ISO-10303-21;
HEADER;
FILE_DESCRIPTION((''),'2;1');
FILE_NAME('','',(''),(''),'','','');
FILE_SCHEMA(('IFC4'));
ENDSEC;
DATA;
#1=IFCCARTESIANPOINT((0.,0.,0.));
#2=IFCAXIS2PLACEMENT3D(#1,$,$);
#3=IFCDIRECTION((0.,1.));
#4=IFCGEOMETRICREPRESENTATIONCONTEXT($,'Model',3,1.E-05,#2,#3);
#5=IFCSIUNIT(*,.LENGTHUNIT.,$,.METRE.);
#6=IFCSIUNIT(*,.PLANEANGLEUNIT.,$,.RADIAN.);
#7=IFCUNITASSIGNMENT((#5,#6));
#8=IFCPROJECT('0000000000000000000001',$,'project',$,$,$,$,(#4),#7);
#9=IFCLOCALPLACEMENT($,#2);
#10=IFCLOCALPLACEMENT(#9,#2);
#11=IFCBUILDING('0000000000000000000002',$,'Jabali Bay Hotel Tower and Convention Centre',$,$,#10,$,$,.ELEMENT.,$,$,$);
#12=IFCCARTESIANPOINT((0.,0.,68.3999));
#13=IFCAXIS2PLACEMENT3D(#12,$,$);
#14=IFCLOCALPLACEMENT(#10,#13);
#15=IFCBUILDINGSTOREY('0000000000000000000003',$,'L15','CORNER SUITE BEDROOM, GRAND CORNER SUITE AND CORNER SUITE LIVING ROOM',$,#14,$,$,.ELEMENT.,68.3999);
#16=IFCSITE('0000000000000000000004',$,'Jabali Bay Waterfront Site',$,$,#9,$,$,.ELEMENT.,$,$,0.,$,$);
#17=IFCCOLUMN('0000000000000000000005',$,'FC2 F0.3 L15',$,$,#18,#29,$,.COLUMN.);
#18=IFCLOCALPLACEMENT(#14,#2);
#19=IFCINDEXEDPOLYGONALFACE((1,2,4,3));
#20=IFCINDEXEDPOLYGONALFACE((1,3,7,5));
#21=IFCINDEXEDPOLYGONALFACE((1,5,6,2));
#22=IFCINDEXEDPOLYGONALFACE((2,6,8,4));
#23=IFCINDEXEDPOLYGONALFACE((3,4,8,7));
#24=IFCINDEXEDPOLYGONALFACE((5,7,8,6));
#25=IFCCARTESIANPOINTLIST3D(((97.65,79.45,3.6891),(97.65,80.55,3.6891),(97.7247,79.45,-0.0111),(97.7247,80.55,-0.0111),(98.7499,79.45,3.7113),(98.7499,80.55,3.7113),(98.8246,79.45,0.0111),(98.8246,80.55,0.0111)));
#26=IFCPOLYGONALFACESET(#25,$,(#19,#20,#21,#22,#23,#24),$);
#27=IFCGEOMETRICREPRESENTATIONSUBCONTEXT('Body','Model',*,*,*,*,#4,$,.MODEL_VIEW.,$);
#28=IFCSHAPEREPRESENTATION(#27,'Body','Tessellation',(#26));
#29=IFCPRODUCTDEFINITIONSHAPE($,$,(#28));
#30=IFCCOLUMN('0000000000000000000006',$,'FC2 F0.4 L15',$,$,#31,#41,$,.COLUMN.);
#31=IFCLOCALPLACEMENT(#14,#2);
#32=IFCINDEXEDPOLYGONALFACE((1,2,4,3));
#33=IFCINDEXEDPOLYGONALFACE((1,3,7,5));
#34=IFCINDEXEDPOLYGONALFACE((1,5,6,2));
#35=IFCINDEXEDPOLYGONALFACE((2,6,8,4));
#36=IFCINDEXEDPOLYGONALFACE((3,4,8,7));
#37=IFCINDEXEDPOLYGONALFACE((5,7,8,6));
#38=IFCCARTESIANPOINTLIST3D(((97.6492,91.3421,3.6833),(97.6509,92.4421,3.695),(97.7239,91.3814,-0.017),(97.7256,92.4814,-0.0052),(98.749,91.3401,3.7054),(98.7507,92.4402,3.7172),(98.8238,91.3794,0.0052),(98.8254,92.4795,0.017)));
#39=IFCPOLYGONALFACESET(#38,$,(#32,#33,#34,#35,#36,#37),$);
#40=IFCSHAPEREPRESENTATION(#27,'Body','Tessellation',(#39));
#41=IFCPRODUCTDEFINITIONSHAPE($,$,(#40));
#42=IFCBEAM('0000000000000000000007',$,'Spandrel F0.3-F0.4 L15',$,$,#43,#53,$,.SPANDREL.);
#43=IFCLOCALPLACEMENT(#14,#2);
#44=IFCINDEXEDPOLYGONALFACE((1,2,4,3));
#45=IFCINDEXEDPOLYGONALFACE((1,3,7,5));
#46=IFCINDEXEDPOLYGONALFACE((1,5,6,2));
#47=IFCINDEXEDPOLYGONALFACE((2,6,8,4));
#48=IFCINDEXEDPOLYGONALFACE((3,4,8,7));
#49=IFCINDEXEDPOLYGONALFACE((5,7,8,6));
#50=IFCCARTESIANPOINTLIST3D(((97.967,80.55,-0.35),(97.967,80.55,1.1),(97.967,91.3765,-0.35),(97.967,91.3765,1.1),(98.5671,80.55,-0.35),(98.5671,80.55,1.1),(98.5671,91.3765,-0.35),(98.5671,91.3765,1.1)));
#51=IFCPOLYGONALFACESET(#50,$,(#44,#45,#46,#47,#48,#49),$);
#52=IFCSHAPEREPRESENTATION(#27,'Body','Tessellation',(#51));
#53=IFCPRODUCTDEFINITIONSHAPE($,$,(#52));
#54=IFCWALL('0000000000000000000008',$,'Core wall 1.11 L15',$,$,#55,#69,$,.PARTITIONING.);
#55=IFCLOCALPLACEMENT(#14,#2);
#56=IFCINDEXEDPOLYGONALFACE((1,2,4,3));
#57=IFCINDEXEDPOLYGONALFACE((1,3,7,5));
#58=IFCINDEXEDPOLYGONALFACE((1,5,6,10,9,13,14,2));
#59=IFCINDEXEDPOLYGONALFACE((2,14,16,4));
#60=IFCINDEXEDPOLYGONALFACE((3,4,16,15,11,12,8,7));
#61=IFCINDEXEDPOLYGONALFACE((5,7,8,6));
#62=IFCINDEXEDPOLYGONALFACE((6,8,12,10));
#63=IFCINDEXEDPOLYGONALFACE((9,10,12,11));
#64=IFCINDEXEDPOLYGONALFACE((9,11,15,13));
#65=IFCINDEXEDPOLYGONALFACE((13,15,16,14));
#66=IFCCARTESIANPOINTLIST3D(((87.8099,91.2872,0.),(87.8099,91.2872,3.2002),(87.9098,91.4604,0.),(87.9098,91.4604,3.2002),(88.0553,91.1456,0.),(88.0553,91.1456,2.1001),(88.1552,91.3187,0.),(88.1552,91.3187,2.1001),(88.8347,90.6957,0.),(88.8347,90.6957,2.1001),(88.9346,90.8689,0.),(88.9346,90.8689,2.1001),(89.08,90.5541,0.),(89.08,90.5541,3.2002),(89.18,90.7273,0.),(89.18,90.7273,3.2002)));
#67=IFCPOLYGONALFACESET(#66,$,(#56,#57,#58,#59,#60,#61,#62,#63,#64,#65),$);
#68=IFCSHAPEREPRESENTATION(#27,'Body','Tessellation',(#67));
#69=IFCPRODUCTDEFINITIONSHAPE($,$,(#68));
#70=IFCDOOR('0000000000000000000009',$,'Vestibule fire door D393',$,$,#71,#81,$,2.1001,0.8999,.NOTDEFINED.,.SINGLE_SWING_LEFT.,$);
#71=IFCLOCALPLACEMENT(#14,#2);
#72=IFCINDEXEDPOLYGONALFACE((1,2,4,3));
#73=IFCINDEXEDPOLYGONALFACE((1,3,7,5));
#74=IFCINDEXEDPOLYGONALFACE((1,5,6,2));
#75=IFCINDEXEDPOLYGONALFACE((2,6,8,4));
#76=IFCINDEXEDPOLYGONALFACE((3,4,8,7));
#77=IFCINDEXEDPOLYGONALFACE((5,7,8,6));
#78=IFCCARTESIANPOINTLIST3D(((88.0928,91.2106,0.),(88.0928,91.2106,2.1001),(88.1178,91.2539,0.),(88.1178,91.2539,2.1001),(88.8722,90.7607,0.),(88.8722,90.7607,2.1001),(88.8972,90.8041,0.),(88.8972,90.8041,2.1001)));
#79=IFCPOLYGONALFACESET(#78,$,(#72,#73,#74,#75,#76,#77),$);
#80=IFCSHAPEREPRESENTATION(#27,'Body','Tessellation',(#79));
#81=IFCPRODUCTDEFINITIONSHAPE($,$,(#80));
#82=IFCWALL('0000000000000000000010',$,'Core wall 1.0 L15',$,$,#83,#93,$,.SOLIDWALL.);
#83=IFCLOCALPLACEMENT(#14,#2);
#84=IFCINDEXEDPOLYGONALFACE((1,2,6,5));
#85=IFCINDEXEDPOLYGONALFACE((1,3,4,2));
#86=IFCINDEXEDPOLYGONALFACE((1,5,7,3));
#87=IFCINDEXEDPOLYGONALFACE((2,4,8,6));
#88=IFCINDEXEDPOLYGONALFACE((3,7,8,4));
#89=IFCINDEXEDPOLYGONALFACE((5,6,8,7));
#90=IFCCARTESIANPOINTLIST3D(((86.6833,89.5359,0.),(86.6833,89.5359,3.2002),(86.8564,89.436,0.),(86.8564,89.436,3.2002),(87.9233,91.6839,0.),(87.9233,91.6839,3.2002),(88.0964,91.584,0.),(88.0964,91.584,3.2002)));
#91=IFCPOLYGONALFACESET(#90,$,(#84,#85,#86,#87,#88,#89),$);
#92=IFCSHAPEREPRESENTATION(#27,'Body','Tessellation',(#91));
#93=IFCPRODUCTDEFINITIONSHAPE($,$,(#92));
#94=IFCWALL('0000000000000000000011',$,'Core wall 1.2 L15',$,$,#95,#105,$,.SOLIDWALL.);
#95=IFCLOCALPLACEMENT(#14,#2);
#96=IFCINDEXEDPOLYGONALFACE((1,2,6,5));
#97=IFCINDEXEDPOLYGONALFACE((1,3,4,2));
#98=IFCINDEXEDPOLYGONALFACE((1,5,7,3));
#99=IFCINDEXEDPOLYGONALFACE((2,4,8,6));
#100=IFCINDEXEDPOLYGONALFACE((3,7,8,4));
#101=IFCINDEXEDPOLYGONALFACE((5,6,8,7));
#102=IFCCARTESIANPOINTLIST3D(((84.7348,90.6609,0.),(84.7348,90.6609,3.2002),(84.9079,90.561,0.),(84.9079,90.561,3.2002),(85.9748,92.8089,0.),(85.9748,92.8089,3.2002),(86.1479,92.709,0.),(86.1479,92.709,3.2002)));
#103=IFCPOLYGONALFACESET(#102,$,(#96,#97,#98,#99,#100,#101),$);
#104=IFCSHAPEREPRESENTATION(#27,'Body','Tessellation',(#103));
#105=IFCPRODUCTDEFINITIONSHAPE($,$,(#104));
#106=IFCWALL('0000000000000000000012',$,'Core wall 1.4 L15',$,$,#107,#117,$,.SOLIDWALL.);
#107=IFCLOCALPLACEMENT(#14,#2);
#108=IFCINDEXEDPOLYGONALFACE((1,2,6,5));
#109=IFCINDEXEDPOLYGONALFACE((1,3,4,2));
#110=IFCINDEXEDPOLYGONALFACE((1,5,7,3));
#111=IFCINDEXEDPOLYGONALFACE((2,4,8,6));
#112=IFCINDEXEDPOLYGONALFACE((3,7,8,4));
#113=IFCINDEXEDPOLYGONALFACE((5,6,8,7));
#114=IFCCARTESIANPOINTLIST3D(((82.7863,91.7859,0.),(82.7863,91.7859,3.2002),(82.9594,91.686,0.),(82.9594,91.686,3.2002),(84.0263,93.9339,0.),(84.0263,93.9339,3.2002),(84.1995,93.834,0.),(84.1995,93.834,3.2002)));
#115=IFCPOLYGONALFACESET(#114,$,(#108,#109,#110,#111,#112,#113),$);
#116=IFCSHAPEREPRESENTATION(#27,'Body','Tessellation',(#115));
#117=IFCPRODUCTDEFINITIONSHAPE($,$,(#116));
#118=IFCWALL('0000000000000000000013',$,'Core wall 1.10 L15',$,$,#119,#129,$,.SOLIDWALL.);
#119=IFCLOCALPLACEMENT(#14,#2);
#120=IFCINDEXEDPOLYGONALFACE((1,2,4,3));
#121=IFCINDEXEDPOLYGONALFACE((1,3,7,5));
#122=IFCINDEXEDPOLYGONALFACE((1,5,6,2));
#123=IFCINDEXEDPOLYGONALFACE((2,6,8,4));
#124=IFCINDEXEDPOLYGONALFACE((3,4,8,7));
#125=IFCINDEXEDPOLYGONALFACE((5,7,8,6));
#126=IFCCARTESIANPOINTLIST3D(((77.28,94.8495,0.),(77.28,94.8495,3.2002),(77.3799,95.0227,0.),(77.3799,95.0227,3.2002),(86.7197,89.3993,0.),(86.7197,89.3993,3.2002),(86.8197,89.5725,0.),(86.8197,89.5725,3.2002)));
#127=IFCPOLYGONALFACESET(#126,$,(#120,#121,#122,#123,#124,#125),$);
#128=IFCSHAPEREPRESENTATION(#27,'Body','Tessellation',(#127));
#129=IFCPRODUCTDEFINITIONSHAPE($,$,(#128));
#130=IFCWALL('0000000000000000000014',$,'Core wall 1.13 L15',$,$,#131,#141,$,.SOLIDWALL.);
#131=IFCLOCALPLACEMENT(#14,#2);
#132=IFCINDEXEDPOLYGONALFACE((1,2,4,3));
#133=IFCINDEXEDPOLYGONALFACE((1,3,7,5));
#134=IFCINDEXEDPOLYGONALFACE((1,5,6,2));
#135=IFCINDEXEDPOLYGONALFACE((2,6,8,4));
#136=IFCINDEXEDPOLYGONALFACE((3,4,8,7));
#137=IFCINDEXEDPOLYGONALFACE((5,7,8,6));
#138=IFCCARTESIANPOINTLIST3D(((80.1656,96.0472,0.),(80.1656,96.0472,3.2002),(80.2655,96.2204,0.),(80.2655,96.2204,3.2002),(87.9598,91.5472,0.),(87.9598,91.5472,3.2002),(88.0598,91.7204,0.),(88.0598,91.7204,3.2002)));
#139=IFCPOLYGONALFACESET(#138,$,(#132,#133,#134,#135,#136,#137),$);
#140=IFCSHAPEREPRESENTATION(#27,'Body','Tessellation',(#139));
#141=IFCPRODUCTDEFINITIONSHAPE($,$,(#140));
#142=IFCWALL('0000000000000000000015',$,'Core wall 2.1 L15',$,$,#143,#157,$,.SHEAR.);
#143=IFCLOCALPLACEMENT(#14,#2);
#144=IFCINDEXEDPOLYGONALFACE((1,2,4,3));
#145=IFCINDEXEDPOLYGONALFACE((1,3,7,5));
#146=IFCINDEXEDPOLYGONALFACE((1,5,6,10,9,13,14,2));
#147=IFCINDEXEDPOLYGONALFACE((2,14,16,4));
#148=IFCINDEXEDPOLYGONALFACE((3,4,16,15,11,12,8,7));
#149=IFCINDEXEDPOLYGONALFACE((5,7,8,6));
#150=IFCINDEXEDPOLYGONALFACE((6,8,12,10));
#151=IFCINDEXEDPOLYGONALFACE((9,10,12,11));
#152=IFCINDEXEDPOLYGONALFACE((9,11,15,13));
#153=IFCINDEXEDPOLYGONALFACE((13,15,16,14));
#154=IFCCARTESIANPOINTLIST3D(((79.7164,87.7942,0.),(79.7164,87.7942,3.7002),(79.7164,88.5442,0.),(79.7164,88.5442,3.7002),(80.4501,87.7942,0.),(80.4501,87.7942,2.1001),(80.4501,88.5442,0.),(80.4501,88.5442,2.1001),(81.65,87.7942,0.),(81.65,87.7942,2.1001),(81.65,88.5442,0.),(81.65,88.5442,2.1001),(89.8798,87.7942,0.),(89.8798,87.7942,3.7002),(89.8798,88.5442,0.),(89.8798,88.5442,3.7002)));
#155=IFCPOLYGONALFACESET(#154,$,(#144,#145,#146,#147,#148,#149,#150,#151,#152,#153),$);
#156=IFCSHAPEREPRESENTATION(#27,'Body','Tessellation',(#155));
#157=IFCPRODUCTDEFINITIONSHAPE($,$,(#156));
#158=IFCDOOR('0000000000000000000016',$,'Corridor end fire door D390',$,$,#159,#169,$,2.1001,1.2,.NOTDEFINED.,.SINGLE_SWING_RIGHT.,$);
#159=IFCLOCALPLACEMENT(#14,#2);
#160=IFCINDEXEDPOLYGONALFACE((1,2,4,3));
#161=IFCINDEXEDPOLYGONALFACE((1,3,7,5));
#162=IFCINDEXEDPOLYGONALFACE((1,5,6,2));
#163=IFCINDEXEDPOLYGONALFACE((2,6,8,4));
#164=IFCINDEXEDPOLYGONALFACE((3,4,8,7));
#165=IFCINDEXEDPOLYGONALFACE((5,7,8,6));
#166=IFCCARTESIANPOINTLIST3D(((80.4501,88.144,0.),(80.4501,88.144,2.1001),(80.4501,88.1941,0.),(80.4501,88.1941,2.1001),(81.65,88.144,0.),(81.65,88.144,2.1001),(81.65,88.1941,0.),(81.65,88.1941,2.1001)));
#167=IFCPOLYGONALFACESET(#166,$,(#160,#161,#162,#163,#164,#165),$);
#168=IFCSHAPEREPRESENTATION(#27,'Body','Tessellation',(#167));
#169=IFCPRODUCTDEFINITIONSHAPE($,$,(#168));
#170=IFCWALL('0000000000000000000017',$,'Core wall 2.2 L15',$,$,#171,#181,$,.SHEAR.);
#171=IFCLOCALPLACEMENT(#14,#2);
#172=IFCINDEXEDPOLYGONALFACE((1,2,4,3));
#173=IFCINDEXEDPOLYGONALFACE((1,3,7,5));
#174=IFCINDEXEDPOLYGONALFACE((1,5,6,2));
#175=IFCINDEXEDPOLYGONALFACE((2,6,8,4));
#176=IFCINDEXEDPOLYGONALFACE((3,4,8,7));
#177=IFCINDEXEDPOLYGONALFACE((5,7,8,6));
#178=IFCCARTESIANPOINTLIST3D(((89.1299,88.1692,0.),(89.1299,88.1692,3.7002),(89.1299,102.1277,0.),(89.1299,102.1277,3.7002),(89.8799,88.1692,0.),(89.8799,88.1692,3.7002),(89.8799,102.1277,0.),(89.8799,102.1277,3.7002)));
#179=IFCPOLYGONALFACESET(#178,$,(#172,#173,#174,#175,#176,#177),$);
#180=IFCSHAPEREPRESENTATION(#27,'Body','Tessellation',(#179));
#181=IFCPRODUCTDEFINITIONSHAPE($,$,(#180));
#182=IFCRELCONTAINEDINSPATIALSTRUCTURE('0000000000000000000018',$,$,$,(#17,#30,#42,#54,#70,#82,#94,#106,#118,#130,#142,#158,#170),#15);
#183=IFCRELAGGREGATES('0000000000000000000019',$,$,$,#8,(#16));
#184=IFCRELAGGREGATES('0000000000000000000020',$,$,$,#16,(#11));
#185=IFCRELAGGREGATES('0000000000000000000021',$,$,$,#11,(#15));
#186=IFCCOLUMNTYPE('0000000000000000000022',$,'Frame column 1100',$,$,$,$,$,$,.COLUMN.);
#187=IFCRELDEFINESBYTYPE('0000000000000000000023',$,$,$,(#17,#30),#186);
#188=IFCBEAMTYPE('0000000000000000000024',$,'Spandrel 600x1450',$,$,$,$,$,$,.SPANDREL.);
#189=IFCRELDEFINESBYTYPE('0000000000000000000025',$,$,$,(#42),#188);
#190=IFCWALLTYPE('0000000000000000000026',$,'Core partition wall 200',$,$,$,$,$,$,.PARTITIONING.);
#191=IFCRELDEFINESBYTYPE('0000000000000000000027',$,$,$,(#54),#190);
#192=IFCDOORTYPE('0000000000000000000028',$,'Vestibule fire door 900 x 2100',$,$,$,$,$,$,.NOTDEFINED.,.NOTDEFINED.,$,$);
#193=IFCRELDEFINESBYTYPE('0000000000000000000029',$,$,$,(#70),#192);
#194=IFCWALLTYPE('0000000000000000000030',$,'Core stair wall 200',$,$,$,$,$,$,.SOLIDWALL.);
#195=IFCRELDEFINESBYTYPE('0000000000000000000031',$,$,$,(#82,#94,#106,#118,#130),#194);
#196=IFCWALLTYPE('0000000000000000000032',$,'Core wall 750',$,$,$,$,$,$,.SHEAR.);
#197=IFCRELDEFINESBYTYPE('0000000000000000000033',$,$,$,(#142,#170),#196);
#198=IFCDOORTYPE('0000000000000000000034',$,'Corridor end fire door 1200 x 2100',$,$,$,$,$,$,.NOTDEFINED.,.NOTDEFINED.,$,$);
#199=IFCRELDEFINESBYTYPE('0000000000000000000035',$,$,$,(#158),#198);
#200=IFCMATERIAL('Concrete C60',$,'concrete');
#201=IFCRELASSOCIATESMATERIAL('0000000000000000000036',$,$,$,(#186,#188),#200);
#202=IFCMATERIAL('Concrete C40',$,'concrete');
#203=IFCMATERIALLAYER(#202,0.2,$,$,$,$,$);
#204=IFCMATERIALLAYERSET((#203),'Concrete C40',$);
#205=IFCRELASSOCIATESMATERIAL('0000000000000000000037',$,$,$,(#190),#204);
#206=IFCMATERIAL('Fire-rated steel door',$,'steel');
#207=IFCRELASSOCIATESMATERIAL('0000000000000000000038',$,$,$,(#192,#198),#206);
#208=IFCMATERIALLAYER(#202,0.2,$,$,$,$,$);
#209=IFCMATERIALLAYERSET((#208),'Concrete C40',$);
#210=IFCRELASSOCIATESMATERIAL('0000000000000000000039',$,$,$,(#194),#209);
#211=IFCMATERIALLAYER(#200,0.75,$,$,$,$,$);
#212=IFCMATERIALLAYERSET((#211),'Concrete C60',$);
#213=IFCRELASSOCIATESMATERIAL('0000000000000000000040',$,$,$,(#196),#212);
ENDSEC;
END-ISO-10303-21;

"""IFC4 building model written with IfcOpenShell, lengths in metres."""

from ifc_helpers import new_model, si_unit, direction, frame, frame_2d, origin, origin_2d, place, context, subcontext, project, spatial, rectangle, extrude, material, layer, layer_set, material_profile, profile_set, type_object, element, fill, save


model = new_model("IFC4")

# Units and contexts
model_context = context("Model", 3, precision=1e-05, world=origin(), true_north=direction((0.0, 1.0)))
body_context = subcontext(model_context, "Body", "Model", "MODEL_VIEW")
ifc_project = project(units=[si_unit("LENGTHUNIT", "METRE"), si_unit("PLANEANGLEUNIT", "RADIAN")], contexts=[model_context])

# Site, building, storey
site_placement = place(None, origin())
site = spatial("IfcSite", under=ifc_project, at=site_placement, Name="Jabali Bay Waterfront Site", CompositionType="ELEMENT", RefElevation=0.0)
building_placement = place(site_placement, origin())
building = spatial("IfcBuilding", under=site, at=building_placement, Name="Jabali Bay Hotel Tower and Convention Centre", CompositionType="ELEMENT")
storey_placement = place(building_placement, frame((0.0, 0.0, 68.3999)))
storey = spatial("IfcBuildingStorey", under=building, at=storey_placement, Name="L15", Description="CORNER SUITE BEDROOM, GRAND CORNER SUITE AND CORNER SUITE LIVING ROOM", CompositionType="ELEMENT", Elevation=68.3999)

# Columns
ifc_material_1 = material(Name="Concrete C60", Category="concrete")
ifc_material_profile_1 = material_profile(ifc_material_1, rectangle(XDim=1.1001, YDim=1.1001, at=origin_2d()), Name="Frame column 1100")
ifc_profile_set_1 = profile_set([ifc_material_profile_1], Name="Concrete C60")
column_type = type_object("IfcColumnType", Name="Frame column 1100", PredefinedType="COLUMN", material=ifc_profile_set_1)
column_1_placement = place(storey_placement, frame((98.2747, 80.0, 0.0), z_axis=(-0.020186, 0.0, 0.999796), x_axis=(0.0, -1.0, 0.0)))
element("IfcColumn", 1, at=column_1_placement, inside=storey, type_object=column_type, Name="FC2 F0.3 L15", PredefinedType="COLUMN", context=body_context, shape_type="SweptSolid", body=[
    extrude(rectangle(XDim=1.1001, YDim=1.1001, at=origin_2d()), origin(), (0.0, 0.0, 1.0), 3.7009),
])
column_2_placement = place(storey_placement, frame((98.2747, 91.9304, 0.0), z_axis=(-0.020185, -0.01062, 0.99974), x_axis=(0.999795, -0.001742, 0.020167)))
element("IfcColumn", 2, at=column_2_placement, inside=storey, type_object=column_type, Name="FC2 F0.4 L15", PredefinedType="COLUMN", context=body_context, shape_type="SweptSolid", body=[
    extrude(rectangle(XDim=1.1001, YDim=1.1001, at=origin_2d()), origin(), (0.0, 0.0, 1.0), 3.7012),
])

# Beam
ifc_material_profile_2 = material_profile(ifc_material_1, rectangle(XDim=0.6001, YDim=1.45, at=origin_2d()), Name="Spandrel 600x1450")
ifc_profile_set_2 = profile_set([ifc_material_profile_2], Name="Concrete C60")
beam_type = type_object("IfcBeamType", Name="Spandrel 600x1450", PredefinedType="SPANDREL", material=ifc_profile_set_2)
beam_placement = place(storey_placement, frame((98.2671, 80.55, 0.375), z_axis=(0.0, 1.0, 0.0), x_axis=(-1.0, 0.0, 0.0)))
element("IfcBeam", 3, at=beam_placement, inside=storey, type_object=beam_type, Name="Spandrel F0.3-F0.4 L15", PredefinedType="SPANDREL", context=body_context, shape_type="SweptSolid", body=[
    extrude(rectangle(XDim=0.6001, YDim=1.45, at=origin_2d()), origin(), (0.0, 0.0, 1.0), 10.8264),
])

# Wall, opening, door
ifc_material_2 = material(Name="Concrete C40", Category="concrete")
ifc_layer_1 = layer(ifc_material_2, 0.2)
ifc_layer_set_1 = layer_set([ifc_layer_1], Name="Concrete C40")
wall_type_1 = type_object("IfcWallType", Name="Core partition wall 200", PredefinedType="PARTITIONING", material=ifc_layer_set_1)
wall_1_placement = place(storey_placement, frame((89.1301, 90.6406, 0.0), z_axis=(0.0, 0.0, 1.0), x_axis=(-0.866094, 0.499881, 0.0)))
wall_1 = element("IfcWall", 4, at=wall_1_placement, inside=storey, type_object=wall_type_1, Name="Core wall 1.11 L15", PredefinedType="PARTITIONING", context=body_context, shape_type="SweptSolid", body=[
    extrude(rectangle(XDim=1.4666, YDim=0.2, at=frame_2d((0.7334, 0.0))), origin(), (0.0, 0.0, 1.0), 3.2002),
])
opening_1_placement = place(wall_1_placement, frame((0.2834, 0.0, 0.0)))
opening_1 = element("IfcOpeningElement", 5, at=opening_1_placement, cuts=wall_1, PredefinedType="OPENING", context=body_context, shape_type="SweptSolid", body=[
    extrude(rectangle(XDim=0.8999, YDim=2.1001, at=frame_2d((0.45, 1.05))), frame((0.0, 0.1104, 0.0), z_axis=(0.0, -1.0, 0.0), x_axis=(1.0, 0.0, 0.0)), (0.0, 0.0, 1.0), 0.2209),
])
ifc_material_3 = material(Name="Fire-rated steel door", Category="steel")
door_type_1 = type_object("IfcDoorType", Name="Vestibule fire door 900 x 2100", OperationType="NOTDEFINED", PredefinedType="NOTDEFINED", material=ifc_material_3)
door_1_placement = place(opening_1_placement, origin())
door_1 = element("IfcDoor", 6, at=door_1_placement, inside=storey, type_object=door_type_1, Name="Vestibule fire door D393", OperationType="SINGLE_SWING_LEFT", OverallHeight=2.1001, OverallWidth=0.8999, PredefinedType="NOTDEFINED", context=body_context, shape_type="SweptSolid", body=[
    extrude(rectangle(XDim=0.8999, YDim=2.1001, at=frame_2d((0.45, 1.05))), frame((0.0, 0.0249, 0.0), z_axis=(0.0, -1.0, 0.0), x_axis=(1.0, 0.0, 0.0)), (0.0, 0.0, 1.0), 0.05),
])
fill(opening_1, door_1)

# Walls
ifc_layer_2 = layer(ifc_material_2, 0.2)
ifc_layer_set_2 = layer_set([ifc_layer_2], Name="Concrete C40")
wall_type_2 = type_object("IfcWallType", Name="Core stair wall 200", PredefinedType="SOLIDWALL", material=ifc_layer_set_2)
for number, where, z_axis, x_axis, name in (
    (7, (86.7698, 89.4858, 0.0), (0.0, 0.0, 1.0), (0.499961, 0.866048, 0.0), "Core wall 1.0 L15"),
    (8, (84.8213, 90.6108, 0.0), (0.0, 0.0, 1.0), (0.499961, 0.866048, 0.0), "Core wall 1.2 L15"),
    (9, (82.8728, 91.7358, 0.0), (0.0, 0.0, 1.0), (0.499961, 0.866048, 0.0), "Core wall 1.4 L15"),
):
    element("IfcWall", number, at=place(storey_placement, frame(where, z_axis=z_axis, x_axis=x_axis)), inside=storey, type_object=wall_type_2, Name=name, PredefinedType="SOLIDWALL", context=body_context, shape_type="SweptSolid", body=[
        extrude(rectangle(XDim=2.4802, YDim=0.2, at=frame_2d((1.2402, 0.0))), origin(), (0.0, 0.0, 1.0), 3.2002),
    ])
wall_2_placement = place(storey_placement, frame((86.7698, 89.4858, 0.0), z_axis=(0.0, 0.0, 1.0), x_axis=(-0.866018, 0.500013, 0.0)))
element("IfcWall", 10, at=wall_2_placement, inside=storey, type_object=wall_type_2, Name="Core wall 1.10 L15", PredefinedType="SOLIDWALL", context=body_context, shape_type="SweptSolid", body=[
    extrude(rectangle(XDim=10.9001, YDim=0.2, at=frame_2d((5.4502, 0.0))), origin(), (0.0, 0.0, 1.0), 3.2002),
])
wall_3_placement = place(storey_placement, frame((88.0098, 91.6338, 0.0), z_axis=(0.0, 0.0, 1.0), x_axis=(-0.866024, 0.500002, 0.0)))
element("IfcWall", 11, at=wall_3_placement, inside=storey, type_object=wall_type_2, Name="Core wall 1.13 L15", PredefinedType="SOLIDWALL", context=body_context, shape_type="SweptSolid", body=[
    extrude(rectangle(XDim=9.0, YDim=0.2, at=frame_2d((4.5, 0.0))), origin(), (0.0, 0.0, 1.0), 3.2002),
])

# Wall, opening, door
ifc_layer_3 = layer(ifc_material_1, 0.75)
ifc_layer_set_3 = layer_set([ifc_layer_3], Name="Concrete C60")
wall_type_3 = type_object("IfcWallType", Name="Core wall 750", PredefinedType="SHEAR", material=ifc_layer_set_3)
wall_4_placement = place(storey_placement, frame((79.7166, 88.1692, 0.0), z_axis=(0.0, 0.0, 1.0), x_axis=(1.0, 0.0, 0.0)))
wall_4 = element("IfcWall", 12, at=wall_4_placement, inside=storey, type_object=wall_type_3, Name="Core wall 2.1 L15", PredefinedType="SHEAR", context=body_context, shape_type="SweptSolid", body=[
    extrude(rectangle(XDim=10.1633, YDim=0.75, at=frame_2d((5.0815, 0.0))), origin(), (0.0, 0.0, 1.0), 3.7002),
])
opening_2_placement = place(wall_4_placement, frame((0.7334, 0.0, 0.0)))
opening_2 = element("IfcOpeningElement", 13, at=opening_2_placement, cuts=wall_4, PredefinedType="OPENING", context=body_context, shape_type="SweptSolid", body=[
    extrude(rectangle(XDim=1.2, YDim=2.1001, at=frame_2d((0.6001, 1.05))), frame((0.0, 0.3855, 0.0), z_axis=(0.0, -1.0, 0.0), x_axis=(1.0, 0.0, 0.0)), (0.0, 0.0, 1.0), 0.771),
])
door_type_2 = type_object("IfcDoorType", Name="Corridor end fire door 1200 x 2100", OperationType="NOTDEFINED", PredefinedType="NOTDEFINED", material=ifc_material_3)
door_2_placement = place(opening_2_placement, origin())
door_2 = element("IfcDoor", 14, at=door_2_placement, inside=storey, type_object=door_type_2, Name="Corridor end fire door D390", OperationType="SINGLE_SWING_RIGHT", OverallHeight=2.1001, OverallWidth=1.2, PredefinedType="NOTDEFINED", context=body_context, shape_type="SweptSolid", body=[
    extrude(rectangle(XDim=1.2, YDim=2.1001, at=frame_2d((0.6001, 1.05))), frame((0.0, 0.0249, 0.0), z_axis=(0.0, -1.0, 0.0), x_axis=(1.0, 0.0, 0.0)), (0.0, 0.0, 1.0), 0.05),
])
fill(opening_2, door_2)

# Wall
wall_5_placement = place(storey_placement, frame((89.5049, 88.1692, 0.0), z_axis=(0.0, 0.0, 1.0), x_axis=(0.0, 1.0, 0.0)))
element("IfcWall", 15, at=wall_5_placement, inside=storey, type_object=wall_type_3, Name="Core wall 2.2 L15", PredefinedType="SHEAR", context=body_context, shape_type="SweptSolid", body=[
    extrude(rectangle(XDim=13.9585, YDim=0.75, at=frame_2d((6.9792, 0.0))), origin(), (0.0, 0.0, 1.0), 3.7002),
])

save(model, "model.ifc")
